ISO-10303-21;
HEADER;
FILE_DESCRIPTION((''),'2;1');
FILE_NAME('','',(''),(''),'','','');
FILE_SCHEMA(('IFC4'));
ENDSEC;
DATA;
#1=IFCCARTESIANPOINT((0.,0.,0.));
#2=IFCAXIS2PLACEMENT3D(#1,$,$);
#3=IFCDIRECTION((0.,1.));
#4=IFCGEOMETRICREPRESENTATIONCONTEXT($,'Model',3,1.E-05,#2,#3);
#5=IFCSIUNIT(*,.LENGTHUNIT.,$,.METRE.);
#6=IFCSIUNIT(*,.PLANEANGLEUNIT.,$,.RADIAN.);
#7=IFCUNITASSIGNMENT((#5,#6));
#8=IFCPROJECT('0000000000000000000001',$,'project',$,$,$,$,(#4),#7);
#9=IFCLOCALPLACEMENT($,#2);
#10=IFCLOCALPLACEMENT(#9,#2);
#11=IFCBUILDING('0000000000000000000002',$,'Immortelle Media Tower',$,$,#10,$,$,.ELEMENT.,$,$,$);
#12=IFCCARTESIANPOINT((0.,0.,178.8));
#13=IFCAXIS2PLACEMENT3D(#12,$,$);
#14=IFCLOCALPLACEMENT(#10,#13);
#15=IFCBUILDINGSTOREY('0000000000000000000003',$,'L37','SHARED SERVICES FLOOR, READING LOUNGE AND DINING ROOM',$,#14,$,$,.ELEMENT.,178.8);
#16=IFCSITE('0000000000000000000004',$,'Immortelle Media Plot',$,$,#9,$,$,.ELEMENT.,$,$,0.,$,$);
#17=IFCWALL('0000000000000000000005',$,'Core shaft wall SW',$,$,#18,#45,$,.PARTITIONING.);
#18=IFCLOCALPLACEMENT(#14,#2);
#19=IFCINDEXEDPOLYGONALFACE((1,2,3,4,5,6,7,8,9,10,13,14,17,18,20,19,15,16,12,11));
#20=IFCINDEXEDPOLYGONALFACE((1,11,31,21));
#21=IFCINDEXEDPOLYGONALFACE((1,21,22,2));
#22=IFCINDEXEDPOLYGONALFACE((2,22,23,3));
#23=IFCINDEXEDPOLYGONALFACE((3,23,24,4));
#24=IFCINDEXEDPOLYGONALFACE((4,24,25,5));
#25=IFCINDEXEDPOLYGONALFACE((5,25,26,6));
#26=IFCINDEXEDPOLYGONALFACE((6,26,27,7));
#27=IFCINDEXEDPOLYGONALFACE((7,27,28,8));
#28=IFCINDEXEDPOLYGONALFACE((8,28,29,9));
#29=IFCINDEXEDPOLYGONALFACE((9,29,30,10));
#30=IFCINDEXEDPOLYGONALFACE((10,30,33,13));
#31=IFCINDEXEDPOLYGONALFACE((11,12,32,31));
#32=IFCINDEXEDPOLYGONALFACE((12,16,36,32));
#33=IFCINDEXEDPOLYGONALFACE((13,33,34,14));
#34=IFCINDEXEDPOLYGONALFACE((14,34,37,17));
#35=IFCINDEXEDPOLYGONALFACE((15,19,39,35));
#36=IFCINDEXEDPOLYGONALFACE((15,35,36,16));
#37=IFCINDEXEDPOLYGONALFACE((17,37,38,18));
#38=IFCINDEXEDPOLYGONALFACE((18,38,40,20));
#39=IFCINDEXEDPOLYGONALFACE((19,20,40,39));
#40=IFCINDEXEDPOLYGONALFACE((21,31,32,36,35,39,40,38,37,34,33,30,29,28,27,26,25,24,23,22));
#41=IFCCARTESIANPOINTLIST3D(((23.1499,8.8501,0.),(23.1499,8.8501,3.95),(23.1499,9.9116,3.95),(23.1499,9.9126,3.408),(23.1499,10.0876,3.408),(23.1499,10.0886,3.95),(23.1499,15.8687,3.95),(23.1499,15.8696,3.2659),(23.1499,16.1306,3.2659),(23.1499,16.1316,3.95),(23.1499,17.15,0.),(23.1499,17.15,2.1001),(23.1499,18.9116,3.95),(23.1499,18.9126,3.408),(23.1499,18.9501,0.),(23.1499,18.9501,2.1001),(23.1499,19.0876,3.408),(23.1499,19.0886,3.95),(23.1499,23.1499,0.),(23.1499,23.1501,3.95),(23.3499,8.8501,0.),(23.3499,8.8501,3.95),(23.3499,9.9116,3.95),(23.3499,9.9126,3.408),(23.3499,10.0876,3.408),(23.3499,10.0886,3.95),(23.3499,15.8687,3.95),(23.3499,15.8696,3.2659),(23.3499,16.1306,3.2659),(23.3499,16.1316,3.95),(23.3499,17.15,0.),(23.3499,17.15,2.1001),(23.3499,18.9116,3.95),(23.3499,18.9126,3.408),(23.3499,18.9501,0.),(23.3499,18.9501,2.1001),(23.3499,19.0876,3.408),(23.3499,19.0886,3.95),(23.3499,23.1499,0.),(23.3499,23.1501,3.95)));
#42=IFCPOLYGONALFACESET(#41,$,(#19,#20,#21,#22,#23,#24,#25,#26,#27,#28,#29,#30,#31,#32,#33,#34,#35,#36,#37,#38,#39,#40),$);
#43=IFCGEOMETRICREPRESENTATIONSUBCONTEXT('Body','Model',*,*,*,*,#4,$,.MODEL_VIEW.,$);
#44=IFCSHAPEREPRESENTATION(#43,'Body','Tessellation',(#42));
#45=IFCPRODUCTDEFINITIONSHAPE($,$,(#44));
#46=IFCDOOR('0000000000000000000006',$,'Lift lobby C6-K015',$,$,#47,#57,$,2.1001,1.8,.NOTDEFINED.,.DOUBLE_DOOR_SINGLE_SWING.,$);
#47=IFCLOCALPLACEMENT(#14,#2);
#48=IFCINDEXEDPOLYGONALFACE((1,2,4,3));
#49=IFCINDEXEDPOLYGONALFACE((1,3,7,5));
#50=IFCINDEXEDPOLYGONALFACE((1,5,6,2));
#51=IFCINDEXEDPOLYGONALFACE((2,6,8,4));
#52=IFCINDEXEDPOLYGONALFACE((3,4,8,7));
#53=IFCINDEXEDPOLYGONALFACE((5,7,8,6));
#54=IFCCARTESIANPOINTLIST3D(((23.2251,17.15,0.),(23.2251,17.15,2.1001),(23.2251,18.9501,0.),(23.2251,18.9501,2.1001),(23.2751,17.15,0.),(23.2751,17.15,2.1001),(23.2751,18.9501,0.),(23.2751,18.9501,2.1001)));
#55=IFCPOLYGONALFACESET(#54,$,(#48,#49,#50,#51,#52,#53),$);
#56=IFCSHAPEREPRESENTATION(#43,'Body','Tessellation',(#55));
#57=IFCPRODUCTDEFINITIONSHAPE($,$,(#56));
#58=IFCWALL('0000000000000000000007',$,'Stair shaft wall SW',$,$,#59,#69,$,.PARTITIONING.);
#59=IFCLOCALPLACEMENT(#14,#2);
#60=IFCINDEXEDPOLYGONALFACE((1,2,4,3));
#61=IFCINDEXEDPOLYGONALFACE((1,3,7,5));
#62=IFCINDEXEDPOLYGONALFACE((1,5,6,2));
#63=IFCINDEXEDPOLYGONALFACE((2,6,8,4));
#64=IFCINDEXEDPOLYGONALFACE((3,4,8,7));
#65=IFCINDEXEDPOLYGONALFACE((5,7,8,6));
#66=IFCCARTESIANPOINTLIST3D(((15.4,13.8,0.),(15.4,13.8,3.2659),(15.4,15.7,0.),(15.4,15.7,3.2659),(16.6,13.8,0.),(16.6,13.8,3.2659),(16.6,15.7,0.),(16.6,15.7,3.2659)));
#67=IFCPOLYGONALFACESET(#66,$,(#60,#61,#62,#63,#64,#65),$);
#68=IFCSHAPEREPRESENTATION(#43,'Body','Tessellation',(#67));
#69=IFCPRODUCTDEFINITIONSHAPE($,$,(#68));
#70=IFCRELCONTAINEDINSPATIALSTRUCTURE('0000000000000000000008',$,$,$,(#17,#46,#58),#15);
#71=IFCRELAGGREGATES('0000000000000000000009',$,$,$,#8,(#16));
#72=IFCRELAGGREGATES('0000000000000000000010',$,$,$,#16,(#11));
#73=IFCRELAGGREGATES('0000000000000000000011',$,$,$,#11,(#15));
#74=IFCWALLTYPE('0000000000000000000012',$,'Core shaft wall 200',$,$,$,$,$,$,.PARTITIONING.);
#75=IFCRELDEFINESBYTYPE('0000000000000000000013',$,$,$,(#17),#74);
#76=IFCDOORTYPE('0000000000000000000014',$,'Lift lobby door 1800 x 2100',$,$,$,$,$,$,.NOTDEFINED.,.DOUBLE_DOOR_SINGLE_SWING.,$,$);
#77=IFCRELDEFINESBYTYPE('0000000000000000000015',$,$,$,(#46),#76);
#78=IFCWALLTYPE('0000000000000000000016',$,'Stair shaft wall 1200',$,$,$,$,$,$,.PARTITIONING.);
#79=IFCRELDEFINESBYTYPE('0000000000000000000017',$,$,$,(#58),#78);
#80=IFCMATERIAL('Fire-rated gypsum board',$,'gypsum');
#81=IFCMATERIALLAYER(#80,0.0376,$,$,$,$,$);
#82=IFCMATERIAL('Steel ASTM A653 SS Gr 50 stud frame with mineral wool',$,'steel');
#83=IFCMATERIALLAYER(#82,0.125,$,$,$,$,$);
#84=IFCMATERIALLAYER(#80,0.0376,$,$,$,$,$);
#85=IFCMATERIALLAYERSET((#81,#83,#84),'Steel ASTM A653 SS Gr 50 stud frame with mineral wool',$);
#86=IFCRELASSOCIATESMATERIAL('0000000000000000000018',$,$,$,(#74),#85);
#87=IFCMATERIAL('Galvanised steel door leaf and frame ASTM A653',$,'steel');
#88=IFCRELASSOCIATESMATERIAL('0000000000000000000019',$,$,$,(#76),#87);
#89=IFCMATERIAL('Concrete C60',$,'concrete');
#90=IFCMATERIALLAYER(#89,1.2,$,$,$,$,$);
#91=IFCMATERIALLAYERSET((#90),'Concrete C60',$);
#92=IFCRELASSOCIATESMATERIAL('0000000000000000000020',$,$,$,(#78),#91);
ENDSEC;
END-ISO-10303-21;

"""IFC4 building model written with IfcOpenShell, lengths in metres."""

from ifc_helpers import new_model, si_unit, direction, frame, frame_2d, origin, place, context, subcontext, project, spatial, polyline, rectangle, outline, extrude, material, layer, layer_set, type_object, element, fill, save


model = new_model("IFC4")

# Units and contexts
model_context = context("Model", 3, precision=1e-05, world=origin(), true_north=direction((0.0, 1.0)))
body_context = subcontext(model_context, "Body", "Model", "MODEL_VIEW")
ifc_project = project(units=[si_unit("LENGTHUNIT", "METRE"), si_unit("PLANEANGLEUNIT", "RADIAN")], contexts=[model_context])

# Site, building, storey
site_placement = place(None, origin())
site = spatial("IfcSite", under=ifc_project, at=site_placement, Name="Immortelle Media Plot", CompositionType="ELEMENT", RefElevation=0.0)
building_placement = place(site_placement, origin())
building = spatial("IfcBuilding", under=site, at=building_placement, Name="Immortelle Media Tower", CompositionType="ELEMENT")
storey_placement = place(building_placement, frame((0.0, 0.0, 178.8)))
storey = spatial("IfcBuildingStorey", under=building, at=storey_placement, Name="L37", Description="SHARED SERVICES FLOOR, READING LOUNGE AND DINING ROOM", CompositionType="ELEMENT", Elevation=178.8)

# Shared definitions
ifc_material_1 = material(Name="Galvanised steel door leaf and frame ASTM A653", Category="steel")

# Shared definitions
ifc_material_2 = material(Name="Fire-rated gypsum board", Category="gypsum")
ifc_layer_1 = layer(ifc_material_2, 0.0376)
ifc_material_3 = material(Name="Steel ASTM A653 SS Gr 50 stud frame with mineral wool", Category="steel")
ifc_layer_2 = layer(ifc_material_3, 0.125)
ifc_layer_3 = layer(ifc_material_2, 0.0376)
ifc_layer_set_1 = layer_set([ifc_layer_1, ifc_layer_2, ifc_layer_3], Name="Steel ASTM A653 SS Gr 50 stud frame with mineral wool")
wall_type_1 = type_object("IfcWallType", Name="Core shaft wall 200", PredefinedType="PARTITIONING", material=ifc_layer_set_1)

# Wall, opening, door
wall_1_placement = place(storey_placement, frame((23.25, 8.8501, 0.0), z_axis=(0.0, 0.0, 1.0), x_axis=(0.0, 1.0, 0.0)))
wall_1 = element("IfcWall", 1, at=wall_1_placement, inside=storey, type_object=wall_type_1, Name="Core shaft wall SW", PredefinedType="PARTITIONING", context=body_context, shape_type="SweptSolid", body=[
    extrude(outline(polyline([(0.0, 0.0), (14.2998, 0.0), (14.3, 3.95), (10.2385, 3.95), (10.2375, 3.408), (10.0625, 3.408), (10.0615, 3.95), (7.2815, 3.95), (7.2805, 3.2659), (7.0195, 3.2659), (7.0186, 3.95), (1.2385, 3.95), (1.2375, 3.408), (1.0625, 3.408), (1.0615, 3.95), (0.0, 3.95), (0.0, 0.0)])), frame((0.0, 0.1001, 0.0), z_axis=(0.0, -1.0, 0.0), x_axis=(1.0, 0.0, 0.0)), (0.0, 0.0, 1.0), 0.2),
])
opening_1_placement = place(wall_1_placement, frame((8.3, 0.0, 0.0)))
opening_1 = element("IfcOpeningElement", 2, at=opening_1_placement, cuts=wall_1, PredefinedType="OPENING", context=body_context, shape_type="SweptSolid", body=[
    extrude(rectangle(XDim=1.8, YDim=2.1001, at=frame_2d((0.8999, 1.05))), frame((0.0, 0.1099, 0.0), z_axis=(0.0, -1.0, 0.0), x_axis=(1.0, 0.0, 0.0)), (0.0, 0.0, 1.0), 0.22),
])
door_type_1 = type_object("IfcDoorType", Name="Lift lobby door 1800 x 2100", OperationType="DOUBLE_DOOR_SINGLE_SWING", PredefinedType="NOTDEFINED", material=ifc_material_1)
door_1_placement = place(opening_1_placement, origin())
door_1 = element("IfcDoor", 3, at=door_1_placement, inside=storey, type_object=door_type_1, Name="Lift lobby C6-K015", OperationType="DOUBLE_DOOR_SINGLE_SWING", OverallHeight=2.1001, OverallWidth=1.8, PredefinedType="NOTDEFINED", context=body_context, shape_type="SweptSolid", body=[
    extrude(rectangle(XDim=1.8, YDim=2.1001, at=frame_2d((0.8999, 1.05))), frame((0.0, 0.0249, 0.0), z_axis=(0.0, -1.0, 0.0), x_axis=(1.0, 0.0, 0.0)), (0.0, 0.0, 1.0), 0.05),
])
fill(opening_1, door_1)

# Wall
ifc_material_4 = material(Name="Concrete C60", Category="concrete")
ifc_layer_4 = layer(ifc_material_4, 1.2)
ifc_layer_set_2 = layer_set([ifc_layer_4], Name="Concrete C60")
wall_type_2 = type_object("IfcWallType", Name="Stair shaft wall 1200", PredefinedType="PARTITIONING", material=ifc_layer_set_2)
wall_2_placement = place(storey_placement, frame((16.0, 13.8, 0.0), z_axis=(0.0, 0.0, 1.0), x_axis=(0.0, 1.0, 0.0)))
element("IfcWall", 4, at=wall_2_placement, inside=storey, type_object=wall_type_2, Name="Stair shaft wall SW", PredefinedType="PARTITIONING", context=body_context, shape_type="SweptSolid", body=[
    extrude(rectangle(XDim=1.8999, YDim=1.2, at=frame_2d((0.95, 0.0))), origin(), (0.0, 0.0, 1.0), 3.2659),
])

save(model, "model.ifc")
